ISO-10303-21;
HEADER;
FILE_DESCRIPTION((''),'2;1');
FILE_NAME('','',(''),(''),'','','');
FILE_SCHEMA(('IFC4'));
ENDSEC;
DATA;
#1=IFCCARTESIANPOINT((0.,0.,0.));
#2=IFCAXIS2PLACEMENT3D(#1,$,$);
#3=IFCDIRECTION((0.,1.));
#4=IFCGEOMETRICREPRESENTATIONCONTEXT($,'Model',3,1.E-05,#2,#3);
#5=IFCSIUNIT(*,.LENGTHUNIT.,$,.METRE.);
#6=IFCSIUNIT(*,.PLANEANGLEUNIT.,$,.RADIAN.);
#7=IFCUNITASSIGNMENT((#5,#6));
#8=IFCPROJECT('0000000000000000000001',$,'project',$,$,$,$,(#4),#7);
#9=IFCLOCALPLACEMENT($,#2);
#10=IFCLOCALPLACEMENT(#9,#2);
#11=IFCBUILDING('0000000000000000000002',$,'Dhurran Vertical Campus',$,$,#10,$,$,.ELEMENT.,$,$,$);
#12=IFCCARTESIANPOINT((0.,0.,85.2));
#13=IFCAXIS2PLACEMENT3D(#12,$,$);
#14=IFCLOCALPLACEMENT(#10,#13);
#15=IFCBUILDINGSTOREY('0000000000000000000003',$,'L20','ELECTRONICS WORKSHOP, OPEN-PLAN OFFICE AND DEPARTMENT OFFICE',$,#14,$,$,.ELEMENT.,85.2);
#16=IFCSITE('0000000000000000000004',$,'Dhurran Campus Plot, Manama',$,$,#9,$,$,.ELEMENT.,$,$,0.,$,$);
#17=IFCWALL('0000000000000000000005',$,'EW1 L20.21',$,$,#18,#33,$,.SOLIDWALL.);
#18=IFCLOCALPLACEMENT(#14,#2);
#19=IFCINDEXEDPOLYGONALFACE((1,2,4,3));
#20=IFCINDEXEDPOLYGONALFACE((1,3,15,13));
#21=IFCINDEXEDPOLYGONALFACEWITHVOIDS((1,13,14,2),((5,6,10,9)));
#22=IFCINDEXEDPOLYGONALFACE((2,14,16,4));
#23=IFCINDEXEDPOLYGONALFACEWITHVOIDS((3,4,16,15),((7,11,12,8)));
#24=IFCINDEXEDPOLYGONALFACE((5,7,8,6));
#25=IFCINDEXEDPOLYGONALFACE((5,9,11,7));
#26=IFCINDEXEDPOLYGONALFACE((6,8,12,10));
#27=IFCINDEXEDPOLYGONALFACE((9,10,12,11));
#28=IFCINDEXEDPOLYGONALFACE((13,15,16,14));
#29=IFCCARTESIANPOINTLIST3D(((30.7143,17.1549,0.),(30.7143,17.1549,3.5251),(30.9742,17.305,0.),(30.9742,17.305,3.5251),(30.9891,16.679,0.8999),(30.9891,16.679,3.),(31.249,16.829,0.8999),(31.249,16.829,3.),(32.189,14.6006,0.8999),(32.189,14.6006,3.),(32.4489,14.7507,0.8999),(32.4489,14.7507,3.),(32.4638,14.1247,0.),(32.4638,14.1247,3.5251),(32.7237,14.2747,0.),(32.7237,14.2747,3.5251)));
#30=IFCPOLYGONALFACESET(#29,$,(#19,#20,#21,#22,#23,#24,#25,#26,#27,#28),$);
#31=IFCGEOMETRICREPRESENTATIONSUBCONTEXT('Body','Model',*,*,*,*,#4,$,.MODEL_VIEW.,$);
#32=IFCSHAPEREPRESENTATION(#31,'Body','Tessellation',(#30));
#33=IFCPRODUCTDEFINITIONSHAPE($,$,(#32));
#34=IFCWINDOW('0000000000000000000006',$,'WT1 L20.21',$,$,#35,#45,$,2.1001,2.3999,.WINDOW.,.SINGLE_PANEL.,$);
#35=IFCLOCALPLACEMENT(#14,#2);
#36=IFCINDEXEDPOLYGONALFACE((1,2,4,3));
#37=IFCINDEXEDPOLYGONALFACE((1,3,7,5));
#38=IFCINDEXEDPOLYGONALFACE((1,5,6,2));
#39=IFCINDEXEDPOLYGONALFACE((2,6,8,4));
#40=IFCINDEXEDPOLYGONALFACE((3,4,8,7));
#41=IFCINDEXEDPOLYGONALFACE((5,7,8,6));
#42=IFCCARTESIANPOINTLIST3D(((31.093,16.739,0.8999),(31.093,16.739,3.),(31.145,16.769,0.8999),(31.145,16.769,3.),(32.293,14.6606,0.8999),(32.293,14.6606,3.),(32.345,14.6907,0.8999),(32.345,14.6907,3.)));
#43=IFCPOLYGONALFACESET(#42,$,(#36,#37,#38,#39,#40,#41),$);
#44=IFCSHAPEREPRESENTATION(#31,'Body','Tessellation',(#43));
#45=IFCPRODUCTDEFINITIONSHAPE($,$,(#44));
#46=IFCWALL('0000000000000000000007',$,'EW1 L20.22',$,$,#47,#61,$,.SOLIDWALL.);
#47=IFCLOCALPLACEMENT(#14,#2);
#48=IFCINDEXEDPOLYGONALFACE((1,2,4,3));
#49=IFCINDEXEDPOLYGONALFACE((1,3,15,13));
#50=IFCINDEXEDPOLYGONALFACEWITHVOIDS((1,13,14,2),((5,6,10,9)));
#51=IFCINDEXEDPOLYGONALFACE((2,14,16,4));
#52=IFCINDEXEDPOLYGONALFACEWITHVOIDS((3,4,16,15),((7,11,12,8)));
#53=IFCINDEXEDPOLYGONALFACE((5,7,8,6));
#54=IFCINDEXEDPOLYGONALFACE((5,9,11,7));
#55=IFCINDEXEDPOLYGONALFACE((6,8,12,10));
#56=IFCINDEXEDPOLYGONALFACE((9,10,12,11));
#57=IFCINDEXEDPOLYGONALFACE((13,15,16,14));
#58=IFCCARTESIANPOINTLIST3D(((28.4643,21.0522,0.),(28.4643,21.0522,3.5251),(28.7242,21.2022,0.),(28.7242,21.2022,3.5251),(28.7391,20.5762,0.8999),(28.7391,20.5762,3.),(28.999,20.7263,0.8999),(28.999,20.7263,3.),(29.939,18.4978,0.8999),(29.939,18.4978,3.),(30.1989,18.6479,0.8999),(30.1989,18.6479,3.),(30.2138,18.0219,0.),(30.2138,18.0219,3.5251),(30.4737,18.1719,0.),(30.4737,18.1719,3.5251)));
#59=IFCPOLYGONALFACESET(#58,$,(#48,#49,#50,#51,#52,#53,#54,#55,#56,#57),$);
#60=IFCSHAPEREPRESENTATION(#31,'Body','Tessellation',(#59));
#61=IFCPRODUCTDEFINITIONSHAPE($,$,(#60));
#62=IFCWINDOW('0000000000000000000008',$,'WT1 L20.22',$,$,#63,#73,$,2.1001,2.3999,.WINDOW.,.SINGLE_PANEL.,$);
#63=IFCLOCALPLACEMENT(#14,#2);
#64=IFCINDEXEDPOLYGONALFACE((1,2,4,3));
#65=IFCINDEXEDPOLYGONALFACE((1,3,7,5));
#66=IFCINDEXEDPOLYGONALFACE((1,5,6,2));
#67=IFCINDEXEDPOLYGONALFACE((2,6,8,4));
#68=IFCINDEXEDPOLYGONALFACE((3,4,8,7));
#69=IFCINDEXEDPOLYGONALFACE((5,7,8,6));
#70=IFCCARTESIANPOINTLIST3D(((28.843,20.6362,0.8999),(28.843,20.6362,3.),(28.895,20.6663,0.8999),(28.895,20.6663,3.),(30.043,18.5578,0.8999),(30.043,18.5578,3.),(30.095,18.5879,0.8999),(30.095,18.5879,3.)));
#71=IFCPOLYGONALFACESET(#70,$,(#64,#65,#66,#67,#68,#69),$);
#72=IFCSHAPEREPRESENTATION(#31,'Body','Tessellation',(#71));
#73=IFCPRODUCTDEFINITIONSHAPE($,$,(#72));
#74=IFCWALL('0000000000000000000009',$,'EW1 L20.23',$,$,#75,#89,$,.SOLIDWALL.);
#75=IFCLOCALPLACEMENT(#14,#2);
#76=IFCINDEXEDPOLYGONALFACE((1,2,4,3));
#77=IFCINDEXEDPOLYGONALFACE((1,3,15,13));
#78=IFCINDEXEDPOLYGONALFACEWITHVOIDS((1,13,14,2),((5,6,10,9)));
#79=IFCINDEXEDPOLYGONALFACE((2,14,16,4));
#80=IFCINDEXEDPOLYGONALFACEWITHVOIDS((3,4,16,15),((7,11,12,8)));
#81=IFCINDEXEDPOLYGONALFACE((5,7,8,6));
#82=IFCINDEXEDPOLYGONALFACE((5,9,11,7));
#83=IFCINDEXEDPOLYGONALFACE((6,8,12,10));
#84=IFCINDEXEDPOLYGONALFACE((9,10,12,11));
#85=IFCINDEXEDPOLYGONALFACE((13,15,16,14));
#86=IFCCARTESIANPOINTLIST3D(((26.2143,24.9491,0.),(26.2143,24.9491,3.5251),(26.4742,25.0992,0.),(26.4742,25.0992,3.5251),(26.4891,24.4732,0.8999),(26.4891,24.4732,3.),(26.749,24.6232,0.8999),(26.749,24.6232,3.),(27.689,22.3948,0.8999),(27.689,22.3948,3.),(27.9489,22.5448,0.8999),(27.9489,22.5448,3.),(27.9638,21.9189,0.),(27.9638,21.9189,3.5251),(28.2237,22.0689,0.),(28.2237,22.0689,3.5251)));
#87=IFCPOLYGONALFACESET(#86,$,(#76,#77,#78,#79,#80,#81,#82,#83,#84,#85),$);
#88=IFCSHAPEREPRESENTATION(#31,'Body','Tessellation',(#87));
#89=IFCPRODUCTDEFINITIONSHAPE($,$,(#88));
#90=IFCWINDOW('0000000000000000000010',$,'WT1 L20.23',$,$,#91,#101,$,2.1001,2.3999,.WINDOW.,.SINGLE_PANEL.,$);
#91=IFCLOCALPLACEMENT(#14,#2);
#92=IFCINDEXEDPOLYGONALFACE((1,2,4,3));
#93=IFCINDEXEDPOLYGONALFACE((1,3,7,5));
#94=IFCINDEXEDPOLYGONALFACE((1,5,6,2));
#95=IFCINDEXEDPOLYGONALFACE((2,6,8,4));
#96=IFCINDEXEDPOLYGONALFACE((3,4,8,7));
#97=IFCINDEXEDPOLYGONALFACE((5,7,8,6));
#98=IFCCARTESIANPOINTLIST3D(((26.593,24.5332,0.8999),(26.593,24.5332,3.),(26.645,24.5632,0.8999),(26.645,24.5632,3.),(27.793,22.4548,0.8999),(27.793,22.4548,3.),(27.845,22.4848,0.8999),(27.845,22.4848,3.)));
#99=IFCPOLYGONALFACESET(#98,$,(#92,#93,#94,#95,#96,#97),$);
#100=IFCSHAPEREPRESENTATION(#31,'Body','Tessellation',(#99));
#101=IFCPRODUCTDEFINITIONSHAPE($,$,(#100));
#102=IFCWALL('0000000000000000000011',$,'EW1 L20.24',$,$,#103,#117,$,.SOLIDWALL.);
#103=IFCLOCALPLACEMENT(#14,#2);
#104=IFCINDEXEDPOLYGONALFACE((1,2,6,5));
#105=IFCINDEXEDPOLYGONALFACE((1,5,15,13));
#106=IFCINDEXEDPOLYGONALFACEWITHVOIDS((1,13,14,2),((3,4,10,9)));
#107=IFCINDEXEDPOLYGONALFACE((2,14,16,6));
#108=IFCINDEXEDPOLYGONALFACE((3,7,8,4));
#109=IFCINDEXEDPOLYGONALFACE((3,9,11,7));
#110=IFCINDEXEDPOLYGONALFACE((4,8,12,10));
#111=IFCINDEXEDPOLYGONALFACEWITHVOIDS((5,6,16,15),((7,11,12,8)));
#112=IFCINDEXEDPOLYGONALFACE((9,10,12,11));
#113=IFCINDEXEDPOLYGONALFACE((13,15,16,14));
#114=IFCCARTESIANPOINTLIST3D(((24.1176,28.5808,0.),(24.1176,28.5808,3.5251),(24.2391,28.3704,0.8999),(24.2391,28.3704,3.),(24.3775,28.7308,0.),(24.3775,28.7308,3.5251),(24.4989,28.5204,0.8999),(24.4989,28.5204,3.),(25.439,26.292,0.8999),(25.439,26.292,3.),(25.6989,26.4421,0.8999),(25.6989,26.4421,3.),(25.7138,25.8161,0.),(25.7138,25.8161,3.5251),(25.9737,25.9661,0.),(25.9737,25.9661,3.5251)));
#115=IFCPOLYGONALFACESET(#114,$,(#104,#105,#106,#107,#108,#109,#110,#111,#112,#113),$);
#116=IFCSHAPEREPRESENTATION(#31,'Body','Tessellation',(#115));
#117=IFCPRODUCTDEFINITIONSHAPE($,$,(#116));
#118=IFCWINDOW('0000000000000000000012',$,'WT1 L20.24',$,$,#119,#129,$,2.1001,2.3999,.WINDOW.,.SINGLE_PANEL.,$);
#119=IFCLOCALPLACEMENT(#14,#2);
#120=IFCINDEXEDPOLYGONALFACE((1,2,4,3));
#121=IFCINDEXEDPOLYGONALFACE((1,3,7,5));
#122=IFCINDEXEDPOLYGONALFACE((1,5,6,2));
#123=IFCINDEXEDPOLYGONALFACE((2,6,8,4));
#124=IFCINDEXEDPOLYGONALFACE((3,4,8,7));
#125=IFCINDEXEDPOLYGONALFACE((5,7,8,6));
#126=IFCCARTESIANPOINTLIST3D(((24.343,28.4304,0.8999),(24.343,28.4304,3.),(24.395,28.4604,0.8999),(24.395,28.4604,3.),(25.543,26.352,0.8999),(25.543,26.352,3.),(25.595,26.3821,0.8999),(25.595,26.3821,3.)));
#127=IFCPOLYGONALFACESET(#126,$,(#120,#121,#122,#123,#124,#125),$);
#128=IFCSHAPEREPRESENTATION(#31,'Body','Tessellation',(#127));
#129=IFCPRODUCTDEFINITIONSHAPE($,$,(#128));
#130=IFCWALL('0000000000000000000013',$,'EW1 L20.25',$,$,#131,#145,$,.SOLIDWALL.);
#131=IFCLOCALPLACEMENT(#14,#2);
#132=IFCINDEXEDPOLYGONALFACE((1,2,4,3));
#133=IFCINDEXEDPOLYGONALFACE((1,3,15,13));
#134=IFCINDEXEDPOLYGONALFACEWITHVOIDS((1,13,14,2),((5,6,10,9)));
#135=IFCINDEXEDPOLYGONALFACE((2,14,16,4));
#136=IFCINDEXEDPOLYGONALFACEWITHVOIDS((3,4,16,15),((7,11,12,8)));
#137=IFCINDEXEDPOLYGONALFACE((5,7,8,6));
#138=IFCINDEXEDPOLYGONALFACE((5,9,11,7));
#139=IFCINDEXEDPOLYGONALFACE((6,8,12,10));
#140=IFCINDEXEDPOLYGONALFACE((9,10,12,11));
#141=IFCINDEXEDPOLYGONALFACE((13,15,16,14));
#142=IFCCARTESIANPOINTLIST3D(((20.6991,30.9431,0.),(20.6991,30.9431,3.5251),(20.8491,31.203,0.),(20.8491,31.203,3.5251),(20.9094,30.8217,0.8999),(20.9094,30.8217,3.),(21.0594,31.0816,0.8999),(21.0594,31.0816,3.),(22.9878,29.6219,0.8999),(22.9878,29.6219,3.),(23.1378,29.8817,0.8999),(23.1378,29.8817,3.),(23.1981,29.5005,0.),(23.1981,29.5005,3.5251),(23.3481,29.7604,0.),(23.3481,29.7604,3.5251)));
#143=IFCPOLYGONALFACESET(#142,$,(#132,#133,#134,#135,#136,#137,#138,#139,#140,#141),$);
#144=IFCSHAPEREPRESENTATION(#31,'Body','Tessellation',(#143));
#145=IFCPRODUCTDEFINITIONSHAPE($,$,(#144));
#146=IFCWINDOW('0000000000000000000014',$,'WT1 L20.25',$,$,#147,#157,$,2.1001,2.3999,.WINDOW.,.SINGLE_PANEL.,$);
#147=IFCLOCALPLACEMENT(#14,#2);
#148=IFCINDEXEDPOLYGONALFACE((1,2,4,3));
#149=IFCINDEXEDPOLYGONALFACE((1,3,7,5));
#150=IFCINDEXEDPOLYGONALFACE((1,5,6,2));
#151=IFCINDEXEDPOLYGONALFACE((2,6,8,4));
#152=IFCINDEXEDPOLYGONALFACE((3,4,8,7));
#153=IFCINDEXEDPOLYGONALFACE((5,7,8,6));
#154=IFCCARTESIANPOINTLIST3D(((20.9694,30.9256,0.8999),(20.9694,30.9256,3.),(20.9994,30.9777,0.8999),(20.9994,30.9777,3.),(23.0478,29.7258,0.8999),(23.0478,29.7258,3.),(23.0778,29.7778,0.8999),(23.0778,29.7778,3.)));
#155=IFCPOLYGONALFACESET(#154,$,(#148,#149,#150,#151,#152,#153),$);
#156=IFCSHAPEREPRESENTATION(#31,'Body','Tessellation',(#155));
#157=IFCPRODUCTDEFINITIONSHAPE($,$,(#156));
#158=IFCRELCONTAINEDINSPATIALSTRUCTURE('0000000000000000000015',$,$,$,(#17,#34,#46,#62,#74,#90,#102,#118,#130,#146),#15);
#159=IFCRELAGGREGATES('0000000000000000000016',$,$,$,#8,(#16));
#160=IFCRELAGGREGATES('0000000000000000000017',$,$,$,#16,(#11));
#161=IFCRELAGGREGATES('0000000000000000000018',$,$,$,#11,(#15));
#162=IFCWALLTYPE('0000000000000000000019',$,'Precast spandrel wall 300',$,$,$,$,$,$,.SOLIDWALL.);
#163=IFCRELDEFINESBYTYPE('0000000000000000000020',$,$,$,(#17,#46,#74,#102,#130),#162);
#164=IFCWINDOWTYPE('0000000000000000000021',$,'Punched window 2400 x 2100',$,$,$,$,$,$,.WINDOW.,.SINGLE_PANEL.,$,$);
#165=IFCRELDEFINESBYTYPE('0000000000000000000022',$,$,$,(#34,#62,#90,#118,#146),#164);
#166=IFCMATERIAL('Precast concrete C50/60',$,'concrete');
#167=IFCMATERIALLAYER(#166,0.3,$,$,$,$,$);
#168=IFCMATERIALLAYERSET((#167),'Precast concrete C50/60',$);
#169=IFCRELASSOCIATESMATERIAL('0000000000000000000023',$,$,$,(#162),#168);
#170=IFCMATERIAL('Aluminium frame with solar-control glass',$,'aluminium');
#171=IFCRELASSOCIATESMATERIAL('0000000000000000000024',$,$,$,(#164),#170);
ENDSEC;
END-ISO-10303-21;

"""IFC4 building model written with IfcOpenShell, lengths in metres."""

from ifc_helpers import new_model, si_unit, direction, frame, frame_2d, origin, place, context, subcontext, project, spatial, rectangle, extrude, material, layer, layer_set, type_object, element, fill, save


model = new_model("IFC4")

# Units and contexts
model_context = context("Model", 3, precision=1e-05, world=origin(), true_north=direction((0.0, 1.0)))
body_context = subcontext(model_context, "Body", "Model", "MODEL_VIEW")
ifc_project = project(units=[si_unit("LENGTHUNIT", "METRE"), si_unit("PLANEANGLEUNIT", "RADIAN")], contexts=[model_context])

# Site, building, storey
site_placement = place(None, origin())
site = spatial("IfcSite", under=ifc_project, at=site_placement, Name="Dhurran Campus Plot, Manama", CompositionType="ELEMENT", RefElevation=0.0)
building_placement = place(site_placement, origin())
building = spatial("IfcBuilding", under=site, at=building_placement, Name="Dhurran Vertical Campus", CompositionType="ELEMENT")
storey_placement = place(building_placement, frame((0.0, 0.0, 85.2)))
storey = spatial("IfcBuildingStorey", under=building, at=storey_placement, Name="L20", Description="ELECTRONICS WORKSHOP, OPEN-PLAN OFFICE AND DEPARTMENT OFFICE", CompositionType="ELEMENT", Elevation=85.2)

# Walls, openings, windows
ifc_material_1 = material(Name="Precast concrete C50/60", Category="concrete")
ifc_layer_1 = layer(ifc_material_1, 0.3)
ifc_layer_set_1 = layer_set([ifc_layer_1], Name="Precast concrete C50/60")
wall_type_1 = type_object("IfcWallType", Name="Precast spandrel wall 300", PredefinedType="SOLIDWALL", material=ifc_layer_set_1)
wall_1_placement = place(storey_placement, frame((32.5938, 14.1997, 0.0), z_axis=(0.0, 0.0, 1.0), x_axis=(-0.499996, 0.866028, 0.0)))
wall_1 = element("IfcWall", 1, at=wall_1_placement, inside=storey, type_object=wall_type_1, Name="EW1 L20.21", PredefinedType="SOLIDWALL", context=body_context, shape_type="SweptSolid", body=[
    extrude(rectangle(XDim=3.499, YDim=0.3, at=frame_2d((1.7495, 0.0))), origin(), (0.0, 0.0, 1.0), 3.5251),
])
opening_1_placement = place(wall_1_placement, frame((0.5496, 0.0, 0.8999)))
opening_1 = element("IfcOpeningElement", 2, at=opening_1_placement, cuts=wall_1, PredefinedType="OPENING", context=body_context, shape_type="SweptSolid", body=[
    extrude(rectangle(XDim=2.3999, YDim=2.1001, at=frame_2d((1.2, 1.05))), frame((0.0, 0.1599, 0.0), z_axis=(0.0, -1.0, 0.0), x_axis=(1.0, 0.0, 0.0)), (0.0, 0.0, 1.0), 0.3201),
])
ifc_material_2 = material(Name="Aluminium frame with solar-control glass", Category="aluminium")
window_type = type_object("IfcWindowType", Name="Punched window 2400 x 2100", PartitioningType="SINGLE_PANEL", PredefinedType="WINDOW", material=ifc_material_2)
window_1_placement = place(opening_1_placement, origin())
window_1 = element("IfcWindow", 3, at=window_1_placement, inside=storey, type_object=window_type, Name="WT1 L20.21", OverallHeight=2.1001, OverallWidth=2.3999, PartitioningType="SINGLE_PANEL", PredefinedType="WINDOW", context=body_context, shape_type="SweptSolid", body=[
    extrude(rectangle(XDim=2.3999, YDim=2.1001, at=frame_2d((1.2, 1.05))), frame((0.0, 0.03, 0.0), z_axis=(0.0, -1.0, 0.0), x_axis=(1.0, 0.0, 0.0)), (0.0, 0.0, 1.0), 0.0601),
])
fill(opening_1, window_1)
wall_2_placement = place(storey_placement, frame((30.3438, 18.0969, 0.0), z_axis=(0.0, 0.0, 1.0), x_axis=(-0.499996, 0.866028, 0.0)))
wall_2 = element("IfcWall", 4, at=wall_2_placement, inside=storey, type_object=wall_type_1, Name="EW1 L20.22", PredefinedType="SOLIDWALL", context=body_context, shape_type="SweptSolid", body=[
    extrude(rectangle(XDim=3.499, YDim=0.3, at=frame_2d((1.7495, 0.0))), origin(), (0.0, 0.0, 1.0), 3.5251),
])
opening_2_placement = place(wall_2_placement, frame((0.5496, 0.0, 0.8999)))
opening_2 = element("IfcOpeningElement", 5, at=opening_2_placement, cuts=wall_2, PredefinedType="OPENING", context=body_context, shape_type="SweptSolid", body=[
    extrude(rectangle(XDim=2.3999, YDim=2.1001, at=frame_2d((1.2, 1.05))), frame((0.0, 0.1599, 0.0), z_axis=(0.0, -1.0, 0.0), x_axis=(1.0, 0.0, 0.0)), (0.0, 0.0, 1.0), 0.3201),
])
window_2_placement = place(opening_2_placement, origin())
window_2 = element("IfcWindow", 6, at=window_2_placement, inside=storey, type_object=window_type, Name="WT1 L20.22", OverallHeight=2.1001, OverallWidth=2.3999, PartitioningType="SINGLE_PANEL", PredefinedType="WINDOW", context=body_context, shape_type="SweptSolid", body=[
    extrude(rectangle(XDim=2.3999, YDim=2.1001, at=frame_2d((1.2, 1.05))), frame((0.0, 0.03, 0.0), z_axis=(0.0, -1.0, 0.0), x_axis=(1.0, 0.0, 0.0)), (0.0, 0.0, 1.0), 0.0601),
])
fill(opening_2, window_2)
wall_3_placement = place(storey_placement, frame((28.0938, 21.9939, 0.0), z_axis=(0.0, 0.0, 1.0), x_axis=(-0.499996, 0.866028, 0.0)))
wall_3 = element("IfcWall", 7, at=wall_3_placement, inside=storey, type_object=wall_type_1, Name="EW1 L20.23", PredefinedType="SOLIDWALL", context=body_context, shape_type="SweptSolid", body=[
    extrude(rectangle(XDim=3.499, YDim=0.3, at=frame_2d((1.7495, 0.0))), origin(), (0.0, 0.0, 1.0), 3.5251),
])
opening_3_placement = place(wall_3_placement, frame((0.5496, 0.0, 0.8999)))
opening_3 = element("IfcOpeningElement", 8, at=opening_3_placement, cuts=wall_3, PredefinedType="OPENING", context=body_context, shape_type="SweptSolid", body=[
    extrude(rectangle(XDim=2.3999, YDim=2.1001, at=frame_2d((1.2, 1.05))), frame((0.0, 0.1599, 0.0), z_axis=(0.0, -1.0, 0.0), x_axis=(1.0, 0.0, 0.0)), (0.0, 0.0, 1.0), 0.3201),
])
window_3_placement = place(opening_3_placement, origin())
window_3 = element("IfcWindow", 9, at=window_3_placement, inside=storey, type_object=window_type, Name="WT1 L20.23", OverallHeight=2.1001, OverallWidth=2.3999, PartitioningType="SINGLE_PANEL", PredefinedType="WINDOW", context=body_context, shape_type="SweptSolid", body=[
    extrude(rectangle(XDim=2.3999, YDim=2.1001, at=frame_2d((1.2, 1.05))), frame((0.0, 0.03, 0.0), z_axis=(0.0, -1.0, 0.0), x_axis=(1.0, 0.0, 0.0)), (0.0, 0.0, 1.0), 0.0601),
])
fill(opening_3, window_3)
wall_4_placement = place(storey_placement, frame((25.8438, 25.8911, 0.0), z_axis=(0.0, 0.0, 1.0), x_axis=(-0.500005, 0.866023, 0.0)))
wall_4 = element("IfcWall", 10, at=wall_4_placement, inside=storey, type_object=wall_type_1, Name="EW1 L20.24", PredefinedType="SOLIDWALL", context=body_context, shape_type="SweptSolid", body=[
    extrude(rectangle(XDim=3.1924, YDim=0.3, at=frame_2d((1.5962, 0.0))), origin(), (0.0, 0.0, 1.0), 3.5251),
])
opening_4_placement = place(wall_4_placement, frame((0.5496, 0.0, 0.8999)))
opening_4 = element("IfcOpeningElement", 11, at=opening_4_placement, cuts=wall_4, PredefinedType="OPENING", context=body_context, shape_type="SweptSolid", body=[
    extrude(rectangle(XDim=2.3999, YDim=2.1001, at=frame_2d((1.2, 1.05))), frame((0.0, 0.1599, 0.0), z_axis=(0.0, -1.0, 0.0), x_axis=(1.0, 0.0, 0.0)), (0.0, 0.0, 1.0), 0.3201),
])
window_4_placement = place(opening_4_placement, origin())
window_4 = element("IfcWindow", 12, at=window_4_placement, inside=storey, type_object=window_type, Name="WT1 L20.24", OverallHeight=2.1001, OverallWidth=2.3999, PartitioningType="SINGLE_PANEL", PredefinedType="WINDOW", context=body_context, shape_type="SweptSolid", body=[
    extrude(rectangle(XDim=2.3999, YDim=2.1001, at=frame_2d((1.2, 1.05))), frame((0.0, 0.03, 0.0), z_axis=(0.0, -1.0, 0.0), x_axis=(1.0, 0.0, 0.0)), (0.0, 0.0, 1.0), 0.0601),
])
fill(opening_4, window_4)
wall_5_placement = place(storey_placement, frame((23.2732, 29.6304, 0.0), z_axis=(0.0, 0.0, 1.0), x_axis=(-0.866053, 0.499952, 0.0)))
wall_5 = element("IfcWall", 13, at=wall_5_placement, inside=storey, type_object=wall_type_1, Name="EW1 L20.25", PredefinedType="SOLIDWALL", context=body_context, shape_type="SweptSolid", body=[
    extrude(rectangle(XDim=2.8855, YDim=0.3, at=frame_2d((1.4429, 0.0))), origin(), (0.0, 0.0, 1.0), 3.5251),
])
opening_5_placement = place(wall_5_placement, frame((0.2429, 0.0, 0.8999)))
opening_5 = element("IfcOpeningElement", 14, at=opening_5_placement, cuts=wall_5, PredefinedType="OPENING", context=body_context, shape_type="SweptSolid", body=[
    extrude(rectangle(XDim=2.3999, YDim=2.1001, at=frame_2d((1.2, 1.05))), frame((0.0, 0.1599, 0.0), z_axis=(0.0, -1.0, 0.0), x_axis=(1.0, 0.0, 0.0)), (0.0, 0.0, 1.0), 0.3201),
])
window_5_placement = place(opening_5_placement, origin())
window_5 = element("IfcWindow", 15, at=window_5_placement, inside=storey, type_object=window_type, Name="WT1 L20.25", OverallHeight=2.1001, OverallWidth=2.3999, PartitioningType="SINGLE_PANEL", PredefinedType="WINDOW", context=body_context, shape_type="SweptSolid", body=[
    extrude(rectangle(XDim=2.3999, YDim=2.1001, at=frame_2d((1.2, 1.05))), frame((0.0, 0.03, 0.0), z_axis=(0.0, -1.0, 0.0), x_axis=(1.0, 0.0, 0.0)), (0.0, 0.0, 1.0), 0.0601),
])
fill(opening_5, window_5)

save(model, "model.ifc")
